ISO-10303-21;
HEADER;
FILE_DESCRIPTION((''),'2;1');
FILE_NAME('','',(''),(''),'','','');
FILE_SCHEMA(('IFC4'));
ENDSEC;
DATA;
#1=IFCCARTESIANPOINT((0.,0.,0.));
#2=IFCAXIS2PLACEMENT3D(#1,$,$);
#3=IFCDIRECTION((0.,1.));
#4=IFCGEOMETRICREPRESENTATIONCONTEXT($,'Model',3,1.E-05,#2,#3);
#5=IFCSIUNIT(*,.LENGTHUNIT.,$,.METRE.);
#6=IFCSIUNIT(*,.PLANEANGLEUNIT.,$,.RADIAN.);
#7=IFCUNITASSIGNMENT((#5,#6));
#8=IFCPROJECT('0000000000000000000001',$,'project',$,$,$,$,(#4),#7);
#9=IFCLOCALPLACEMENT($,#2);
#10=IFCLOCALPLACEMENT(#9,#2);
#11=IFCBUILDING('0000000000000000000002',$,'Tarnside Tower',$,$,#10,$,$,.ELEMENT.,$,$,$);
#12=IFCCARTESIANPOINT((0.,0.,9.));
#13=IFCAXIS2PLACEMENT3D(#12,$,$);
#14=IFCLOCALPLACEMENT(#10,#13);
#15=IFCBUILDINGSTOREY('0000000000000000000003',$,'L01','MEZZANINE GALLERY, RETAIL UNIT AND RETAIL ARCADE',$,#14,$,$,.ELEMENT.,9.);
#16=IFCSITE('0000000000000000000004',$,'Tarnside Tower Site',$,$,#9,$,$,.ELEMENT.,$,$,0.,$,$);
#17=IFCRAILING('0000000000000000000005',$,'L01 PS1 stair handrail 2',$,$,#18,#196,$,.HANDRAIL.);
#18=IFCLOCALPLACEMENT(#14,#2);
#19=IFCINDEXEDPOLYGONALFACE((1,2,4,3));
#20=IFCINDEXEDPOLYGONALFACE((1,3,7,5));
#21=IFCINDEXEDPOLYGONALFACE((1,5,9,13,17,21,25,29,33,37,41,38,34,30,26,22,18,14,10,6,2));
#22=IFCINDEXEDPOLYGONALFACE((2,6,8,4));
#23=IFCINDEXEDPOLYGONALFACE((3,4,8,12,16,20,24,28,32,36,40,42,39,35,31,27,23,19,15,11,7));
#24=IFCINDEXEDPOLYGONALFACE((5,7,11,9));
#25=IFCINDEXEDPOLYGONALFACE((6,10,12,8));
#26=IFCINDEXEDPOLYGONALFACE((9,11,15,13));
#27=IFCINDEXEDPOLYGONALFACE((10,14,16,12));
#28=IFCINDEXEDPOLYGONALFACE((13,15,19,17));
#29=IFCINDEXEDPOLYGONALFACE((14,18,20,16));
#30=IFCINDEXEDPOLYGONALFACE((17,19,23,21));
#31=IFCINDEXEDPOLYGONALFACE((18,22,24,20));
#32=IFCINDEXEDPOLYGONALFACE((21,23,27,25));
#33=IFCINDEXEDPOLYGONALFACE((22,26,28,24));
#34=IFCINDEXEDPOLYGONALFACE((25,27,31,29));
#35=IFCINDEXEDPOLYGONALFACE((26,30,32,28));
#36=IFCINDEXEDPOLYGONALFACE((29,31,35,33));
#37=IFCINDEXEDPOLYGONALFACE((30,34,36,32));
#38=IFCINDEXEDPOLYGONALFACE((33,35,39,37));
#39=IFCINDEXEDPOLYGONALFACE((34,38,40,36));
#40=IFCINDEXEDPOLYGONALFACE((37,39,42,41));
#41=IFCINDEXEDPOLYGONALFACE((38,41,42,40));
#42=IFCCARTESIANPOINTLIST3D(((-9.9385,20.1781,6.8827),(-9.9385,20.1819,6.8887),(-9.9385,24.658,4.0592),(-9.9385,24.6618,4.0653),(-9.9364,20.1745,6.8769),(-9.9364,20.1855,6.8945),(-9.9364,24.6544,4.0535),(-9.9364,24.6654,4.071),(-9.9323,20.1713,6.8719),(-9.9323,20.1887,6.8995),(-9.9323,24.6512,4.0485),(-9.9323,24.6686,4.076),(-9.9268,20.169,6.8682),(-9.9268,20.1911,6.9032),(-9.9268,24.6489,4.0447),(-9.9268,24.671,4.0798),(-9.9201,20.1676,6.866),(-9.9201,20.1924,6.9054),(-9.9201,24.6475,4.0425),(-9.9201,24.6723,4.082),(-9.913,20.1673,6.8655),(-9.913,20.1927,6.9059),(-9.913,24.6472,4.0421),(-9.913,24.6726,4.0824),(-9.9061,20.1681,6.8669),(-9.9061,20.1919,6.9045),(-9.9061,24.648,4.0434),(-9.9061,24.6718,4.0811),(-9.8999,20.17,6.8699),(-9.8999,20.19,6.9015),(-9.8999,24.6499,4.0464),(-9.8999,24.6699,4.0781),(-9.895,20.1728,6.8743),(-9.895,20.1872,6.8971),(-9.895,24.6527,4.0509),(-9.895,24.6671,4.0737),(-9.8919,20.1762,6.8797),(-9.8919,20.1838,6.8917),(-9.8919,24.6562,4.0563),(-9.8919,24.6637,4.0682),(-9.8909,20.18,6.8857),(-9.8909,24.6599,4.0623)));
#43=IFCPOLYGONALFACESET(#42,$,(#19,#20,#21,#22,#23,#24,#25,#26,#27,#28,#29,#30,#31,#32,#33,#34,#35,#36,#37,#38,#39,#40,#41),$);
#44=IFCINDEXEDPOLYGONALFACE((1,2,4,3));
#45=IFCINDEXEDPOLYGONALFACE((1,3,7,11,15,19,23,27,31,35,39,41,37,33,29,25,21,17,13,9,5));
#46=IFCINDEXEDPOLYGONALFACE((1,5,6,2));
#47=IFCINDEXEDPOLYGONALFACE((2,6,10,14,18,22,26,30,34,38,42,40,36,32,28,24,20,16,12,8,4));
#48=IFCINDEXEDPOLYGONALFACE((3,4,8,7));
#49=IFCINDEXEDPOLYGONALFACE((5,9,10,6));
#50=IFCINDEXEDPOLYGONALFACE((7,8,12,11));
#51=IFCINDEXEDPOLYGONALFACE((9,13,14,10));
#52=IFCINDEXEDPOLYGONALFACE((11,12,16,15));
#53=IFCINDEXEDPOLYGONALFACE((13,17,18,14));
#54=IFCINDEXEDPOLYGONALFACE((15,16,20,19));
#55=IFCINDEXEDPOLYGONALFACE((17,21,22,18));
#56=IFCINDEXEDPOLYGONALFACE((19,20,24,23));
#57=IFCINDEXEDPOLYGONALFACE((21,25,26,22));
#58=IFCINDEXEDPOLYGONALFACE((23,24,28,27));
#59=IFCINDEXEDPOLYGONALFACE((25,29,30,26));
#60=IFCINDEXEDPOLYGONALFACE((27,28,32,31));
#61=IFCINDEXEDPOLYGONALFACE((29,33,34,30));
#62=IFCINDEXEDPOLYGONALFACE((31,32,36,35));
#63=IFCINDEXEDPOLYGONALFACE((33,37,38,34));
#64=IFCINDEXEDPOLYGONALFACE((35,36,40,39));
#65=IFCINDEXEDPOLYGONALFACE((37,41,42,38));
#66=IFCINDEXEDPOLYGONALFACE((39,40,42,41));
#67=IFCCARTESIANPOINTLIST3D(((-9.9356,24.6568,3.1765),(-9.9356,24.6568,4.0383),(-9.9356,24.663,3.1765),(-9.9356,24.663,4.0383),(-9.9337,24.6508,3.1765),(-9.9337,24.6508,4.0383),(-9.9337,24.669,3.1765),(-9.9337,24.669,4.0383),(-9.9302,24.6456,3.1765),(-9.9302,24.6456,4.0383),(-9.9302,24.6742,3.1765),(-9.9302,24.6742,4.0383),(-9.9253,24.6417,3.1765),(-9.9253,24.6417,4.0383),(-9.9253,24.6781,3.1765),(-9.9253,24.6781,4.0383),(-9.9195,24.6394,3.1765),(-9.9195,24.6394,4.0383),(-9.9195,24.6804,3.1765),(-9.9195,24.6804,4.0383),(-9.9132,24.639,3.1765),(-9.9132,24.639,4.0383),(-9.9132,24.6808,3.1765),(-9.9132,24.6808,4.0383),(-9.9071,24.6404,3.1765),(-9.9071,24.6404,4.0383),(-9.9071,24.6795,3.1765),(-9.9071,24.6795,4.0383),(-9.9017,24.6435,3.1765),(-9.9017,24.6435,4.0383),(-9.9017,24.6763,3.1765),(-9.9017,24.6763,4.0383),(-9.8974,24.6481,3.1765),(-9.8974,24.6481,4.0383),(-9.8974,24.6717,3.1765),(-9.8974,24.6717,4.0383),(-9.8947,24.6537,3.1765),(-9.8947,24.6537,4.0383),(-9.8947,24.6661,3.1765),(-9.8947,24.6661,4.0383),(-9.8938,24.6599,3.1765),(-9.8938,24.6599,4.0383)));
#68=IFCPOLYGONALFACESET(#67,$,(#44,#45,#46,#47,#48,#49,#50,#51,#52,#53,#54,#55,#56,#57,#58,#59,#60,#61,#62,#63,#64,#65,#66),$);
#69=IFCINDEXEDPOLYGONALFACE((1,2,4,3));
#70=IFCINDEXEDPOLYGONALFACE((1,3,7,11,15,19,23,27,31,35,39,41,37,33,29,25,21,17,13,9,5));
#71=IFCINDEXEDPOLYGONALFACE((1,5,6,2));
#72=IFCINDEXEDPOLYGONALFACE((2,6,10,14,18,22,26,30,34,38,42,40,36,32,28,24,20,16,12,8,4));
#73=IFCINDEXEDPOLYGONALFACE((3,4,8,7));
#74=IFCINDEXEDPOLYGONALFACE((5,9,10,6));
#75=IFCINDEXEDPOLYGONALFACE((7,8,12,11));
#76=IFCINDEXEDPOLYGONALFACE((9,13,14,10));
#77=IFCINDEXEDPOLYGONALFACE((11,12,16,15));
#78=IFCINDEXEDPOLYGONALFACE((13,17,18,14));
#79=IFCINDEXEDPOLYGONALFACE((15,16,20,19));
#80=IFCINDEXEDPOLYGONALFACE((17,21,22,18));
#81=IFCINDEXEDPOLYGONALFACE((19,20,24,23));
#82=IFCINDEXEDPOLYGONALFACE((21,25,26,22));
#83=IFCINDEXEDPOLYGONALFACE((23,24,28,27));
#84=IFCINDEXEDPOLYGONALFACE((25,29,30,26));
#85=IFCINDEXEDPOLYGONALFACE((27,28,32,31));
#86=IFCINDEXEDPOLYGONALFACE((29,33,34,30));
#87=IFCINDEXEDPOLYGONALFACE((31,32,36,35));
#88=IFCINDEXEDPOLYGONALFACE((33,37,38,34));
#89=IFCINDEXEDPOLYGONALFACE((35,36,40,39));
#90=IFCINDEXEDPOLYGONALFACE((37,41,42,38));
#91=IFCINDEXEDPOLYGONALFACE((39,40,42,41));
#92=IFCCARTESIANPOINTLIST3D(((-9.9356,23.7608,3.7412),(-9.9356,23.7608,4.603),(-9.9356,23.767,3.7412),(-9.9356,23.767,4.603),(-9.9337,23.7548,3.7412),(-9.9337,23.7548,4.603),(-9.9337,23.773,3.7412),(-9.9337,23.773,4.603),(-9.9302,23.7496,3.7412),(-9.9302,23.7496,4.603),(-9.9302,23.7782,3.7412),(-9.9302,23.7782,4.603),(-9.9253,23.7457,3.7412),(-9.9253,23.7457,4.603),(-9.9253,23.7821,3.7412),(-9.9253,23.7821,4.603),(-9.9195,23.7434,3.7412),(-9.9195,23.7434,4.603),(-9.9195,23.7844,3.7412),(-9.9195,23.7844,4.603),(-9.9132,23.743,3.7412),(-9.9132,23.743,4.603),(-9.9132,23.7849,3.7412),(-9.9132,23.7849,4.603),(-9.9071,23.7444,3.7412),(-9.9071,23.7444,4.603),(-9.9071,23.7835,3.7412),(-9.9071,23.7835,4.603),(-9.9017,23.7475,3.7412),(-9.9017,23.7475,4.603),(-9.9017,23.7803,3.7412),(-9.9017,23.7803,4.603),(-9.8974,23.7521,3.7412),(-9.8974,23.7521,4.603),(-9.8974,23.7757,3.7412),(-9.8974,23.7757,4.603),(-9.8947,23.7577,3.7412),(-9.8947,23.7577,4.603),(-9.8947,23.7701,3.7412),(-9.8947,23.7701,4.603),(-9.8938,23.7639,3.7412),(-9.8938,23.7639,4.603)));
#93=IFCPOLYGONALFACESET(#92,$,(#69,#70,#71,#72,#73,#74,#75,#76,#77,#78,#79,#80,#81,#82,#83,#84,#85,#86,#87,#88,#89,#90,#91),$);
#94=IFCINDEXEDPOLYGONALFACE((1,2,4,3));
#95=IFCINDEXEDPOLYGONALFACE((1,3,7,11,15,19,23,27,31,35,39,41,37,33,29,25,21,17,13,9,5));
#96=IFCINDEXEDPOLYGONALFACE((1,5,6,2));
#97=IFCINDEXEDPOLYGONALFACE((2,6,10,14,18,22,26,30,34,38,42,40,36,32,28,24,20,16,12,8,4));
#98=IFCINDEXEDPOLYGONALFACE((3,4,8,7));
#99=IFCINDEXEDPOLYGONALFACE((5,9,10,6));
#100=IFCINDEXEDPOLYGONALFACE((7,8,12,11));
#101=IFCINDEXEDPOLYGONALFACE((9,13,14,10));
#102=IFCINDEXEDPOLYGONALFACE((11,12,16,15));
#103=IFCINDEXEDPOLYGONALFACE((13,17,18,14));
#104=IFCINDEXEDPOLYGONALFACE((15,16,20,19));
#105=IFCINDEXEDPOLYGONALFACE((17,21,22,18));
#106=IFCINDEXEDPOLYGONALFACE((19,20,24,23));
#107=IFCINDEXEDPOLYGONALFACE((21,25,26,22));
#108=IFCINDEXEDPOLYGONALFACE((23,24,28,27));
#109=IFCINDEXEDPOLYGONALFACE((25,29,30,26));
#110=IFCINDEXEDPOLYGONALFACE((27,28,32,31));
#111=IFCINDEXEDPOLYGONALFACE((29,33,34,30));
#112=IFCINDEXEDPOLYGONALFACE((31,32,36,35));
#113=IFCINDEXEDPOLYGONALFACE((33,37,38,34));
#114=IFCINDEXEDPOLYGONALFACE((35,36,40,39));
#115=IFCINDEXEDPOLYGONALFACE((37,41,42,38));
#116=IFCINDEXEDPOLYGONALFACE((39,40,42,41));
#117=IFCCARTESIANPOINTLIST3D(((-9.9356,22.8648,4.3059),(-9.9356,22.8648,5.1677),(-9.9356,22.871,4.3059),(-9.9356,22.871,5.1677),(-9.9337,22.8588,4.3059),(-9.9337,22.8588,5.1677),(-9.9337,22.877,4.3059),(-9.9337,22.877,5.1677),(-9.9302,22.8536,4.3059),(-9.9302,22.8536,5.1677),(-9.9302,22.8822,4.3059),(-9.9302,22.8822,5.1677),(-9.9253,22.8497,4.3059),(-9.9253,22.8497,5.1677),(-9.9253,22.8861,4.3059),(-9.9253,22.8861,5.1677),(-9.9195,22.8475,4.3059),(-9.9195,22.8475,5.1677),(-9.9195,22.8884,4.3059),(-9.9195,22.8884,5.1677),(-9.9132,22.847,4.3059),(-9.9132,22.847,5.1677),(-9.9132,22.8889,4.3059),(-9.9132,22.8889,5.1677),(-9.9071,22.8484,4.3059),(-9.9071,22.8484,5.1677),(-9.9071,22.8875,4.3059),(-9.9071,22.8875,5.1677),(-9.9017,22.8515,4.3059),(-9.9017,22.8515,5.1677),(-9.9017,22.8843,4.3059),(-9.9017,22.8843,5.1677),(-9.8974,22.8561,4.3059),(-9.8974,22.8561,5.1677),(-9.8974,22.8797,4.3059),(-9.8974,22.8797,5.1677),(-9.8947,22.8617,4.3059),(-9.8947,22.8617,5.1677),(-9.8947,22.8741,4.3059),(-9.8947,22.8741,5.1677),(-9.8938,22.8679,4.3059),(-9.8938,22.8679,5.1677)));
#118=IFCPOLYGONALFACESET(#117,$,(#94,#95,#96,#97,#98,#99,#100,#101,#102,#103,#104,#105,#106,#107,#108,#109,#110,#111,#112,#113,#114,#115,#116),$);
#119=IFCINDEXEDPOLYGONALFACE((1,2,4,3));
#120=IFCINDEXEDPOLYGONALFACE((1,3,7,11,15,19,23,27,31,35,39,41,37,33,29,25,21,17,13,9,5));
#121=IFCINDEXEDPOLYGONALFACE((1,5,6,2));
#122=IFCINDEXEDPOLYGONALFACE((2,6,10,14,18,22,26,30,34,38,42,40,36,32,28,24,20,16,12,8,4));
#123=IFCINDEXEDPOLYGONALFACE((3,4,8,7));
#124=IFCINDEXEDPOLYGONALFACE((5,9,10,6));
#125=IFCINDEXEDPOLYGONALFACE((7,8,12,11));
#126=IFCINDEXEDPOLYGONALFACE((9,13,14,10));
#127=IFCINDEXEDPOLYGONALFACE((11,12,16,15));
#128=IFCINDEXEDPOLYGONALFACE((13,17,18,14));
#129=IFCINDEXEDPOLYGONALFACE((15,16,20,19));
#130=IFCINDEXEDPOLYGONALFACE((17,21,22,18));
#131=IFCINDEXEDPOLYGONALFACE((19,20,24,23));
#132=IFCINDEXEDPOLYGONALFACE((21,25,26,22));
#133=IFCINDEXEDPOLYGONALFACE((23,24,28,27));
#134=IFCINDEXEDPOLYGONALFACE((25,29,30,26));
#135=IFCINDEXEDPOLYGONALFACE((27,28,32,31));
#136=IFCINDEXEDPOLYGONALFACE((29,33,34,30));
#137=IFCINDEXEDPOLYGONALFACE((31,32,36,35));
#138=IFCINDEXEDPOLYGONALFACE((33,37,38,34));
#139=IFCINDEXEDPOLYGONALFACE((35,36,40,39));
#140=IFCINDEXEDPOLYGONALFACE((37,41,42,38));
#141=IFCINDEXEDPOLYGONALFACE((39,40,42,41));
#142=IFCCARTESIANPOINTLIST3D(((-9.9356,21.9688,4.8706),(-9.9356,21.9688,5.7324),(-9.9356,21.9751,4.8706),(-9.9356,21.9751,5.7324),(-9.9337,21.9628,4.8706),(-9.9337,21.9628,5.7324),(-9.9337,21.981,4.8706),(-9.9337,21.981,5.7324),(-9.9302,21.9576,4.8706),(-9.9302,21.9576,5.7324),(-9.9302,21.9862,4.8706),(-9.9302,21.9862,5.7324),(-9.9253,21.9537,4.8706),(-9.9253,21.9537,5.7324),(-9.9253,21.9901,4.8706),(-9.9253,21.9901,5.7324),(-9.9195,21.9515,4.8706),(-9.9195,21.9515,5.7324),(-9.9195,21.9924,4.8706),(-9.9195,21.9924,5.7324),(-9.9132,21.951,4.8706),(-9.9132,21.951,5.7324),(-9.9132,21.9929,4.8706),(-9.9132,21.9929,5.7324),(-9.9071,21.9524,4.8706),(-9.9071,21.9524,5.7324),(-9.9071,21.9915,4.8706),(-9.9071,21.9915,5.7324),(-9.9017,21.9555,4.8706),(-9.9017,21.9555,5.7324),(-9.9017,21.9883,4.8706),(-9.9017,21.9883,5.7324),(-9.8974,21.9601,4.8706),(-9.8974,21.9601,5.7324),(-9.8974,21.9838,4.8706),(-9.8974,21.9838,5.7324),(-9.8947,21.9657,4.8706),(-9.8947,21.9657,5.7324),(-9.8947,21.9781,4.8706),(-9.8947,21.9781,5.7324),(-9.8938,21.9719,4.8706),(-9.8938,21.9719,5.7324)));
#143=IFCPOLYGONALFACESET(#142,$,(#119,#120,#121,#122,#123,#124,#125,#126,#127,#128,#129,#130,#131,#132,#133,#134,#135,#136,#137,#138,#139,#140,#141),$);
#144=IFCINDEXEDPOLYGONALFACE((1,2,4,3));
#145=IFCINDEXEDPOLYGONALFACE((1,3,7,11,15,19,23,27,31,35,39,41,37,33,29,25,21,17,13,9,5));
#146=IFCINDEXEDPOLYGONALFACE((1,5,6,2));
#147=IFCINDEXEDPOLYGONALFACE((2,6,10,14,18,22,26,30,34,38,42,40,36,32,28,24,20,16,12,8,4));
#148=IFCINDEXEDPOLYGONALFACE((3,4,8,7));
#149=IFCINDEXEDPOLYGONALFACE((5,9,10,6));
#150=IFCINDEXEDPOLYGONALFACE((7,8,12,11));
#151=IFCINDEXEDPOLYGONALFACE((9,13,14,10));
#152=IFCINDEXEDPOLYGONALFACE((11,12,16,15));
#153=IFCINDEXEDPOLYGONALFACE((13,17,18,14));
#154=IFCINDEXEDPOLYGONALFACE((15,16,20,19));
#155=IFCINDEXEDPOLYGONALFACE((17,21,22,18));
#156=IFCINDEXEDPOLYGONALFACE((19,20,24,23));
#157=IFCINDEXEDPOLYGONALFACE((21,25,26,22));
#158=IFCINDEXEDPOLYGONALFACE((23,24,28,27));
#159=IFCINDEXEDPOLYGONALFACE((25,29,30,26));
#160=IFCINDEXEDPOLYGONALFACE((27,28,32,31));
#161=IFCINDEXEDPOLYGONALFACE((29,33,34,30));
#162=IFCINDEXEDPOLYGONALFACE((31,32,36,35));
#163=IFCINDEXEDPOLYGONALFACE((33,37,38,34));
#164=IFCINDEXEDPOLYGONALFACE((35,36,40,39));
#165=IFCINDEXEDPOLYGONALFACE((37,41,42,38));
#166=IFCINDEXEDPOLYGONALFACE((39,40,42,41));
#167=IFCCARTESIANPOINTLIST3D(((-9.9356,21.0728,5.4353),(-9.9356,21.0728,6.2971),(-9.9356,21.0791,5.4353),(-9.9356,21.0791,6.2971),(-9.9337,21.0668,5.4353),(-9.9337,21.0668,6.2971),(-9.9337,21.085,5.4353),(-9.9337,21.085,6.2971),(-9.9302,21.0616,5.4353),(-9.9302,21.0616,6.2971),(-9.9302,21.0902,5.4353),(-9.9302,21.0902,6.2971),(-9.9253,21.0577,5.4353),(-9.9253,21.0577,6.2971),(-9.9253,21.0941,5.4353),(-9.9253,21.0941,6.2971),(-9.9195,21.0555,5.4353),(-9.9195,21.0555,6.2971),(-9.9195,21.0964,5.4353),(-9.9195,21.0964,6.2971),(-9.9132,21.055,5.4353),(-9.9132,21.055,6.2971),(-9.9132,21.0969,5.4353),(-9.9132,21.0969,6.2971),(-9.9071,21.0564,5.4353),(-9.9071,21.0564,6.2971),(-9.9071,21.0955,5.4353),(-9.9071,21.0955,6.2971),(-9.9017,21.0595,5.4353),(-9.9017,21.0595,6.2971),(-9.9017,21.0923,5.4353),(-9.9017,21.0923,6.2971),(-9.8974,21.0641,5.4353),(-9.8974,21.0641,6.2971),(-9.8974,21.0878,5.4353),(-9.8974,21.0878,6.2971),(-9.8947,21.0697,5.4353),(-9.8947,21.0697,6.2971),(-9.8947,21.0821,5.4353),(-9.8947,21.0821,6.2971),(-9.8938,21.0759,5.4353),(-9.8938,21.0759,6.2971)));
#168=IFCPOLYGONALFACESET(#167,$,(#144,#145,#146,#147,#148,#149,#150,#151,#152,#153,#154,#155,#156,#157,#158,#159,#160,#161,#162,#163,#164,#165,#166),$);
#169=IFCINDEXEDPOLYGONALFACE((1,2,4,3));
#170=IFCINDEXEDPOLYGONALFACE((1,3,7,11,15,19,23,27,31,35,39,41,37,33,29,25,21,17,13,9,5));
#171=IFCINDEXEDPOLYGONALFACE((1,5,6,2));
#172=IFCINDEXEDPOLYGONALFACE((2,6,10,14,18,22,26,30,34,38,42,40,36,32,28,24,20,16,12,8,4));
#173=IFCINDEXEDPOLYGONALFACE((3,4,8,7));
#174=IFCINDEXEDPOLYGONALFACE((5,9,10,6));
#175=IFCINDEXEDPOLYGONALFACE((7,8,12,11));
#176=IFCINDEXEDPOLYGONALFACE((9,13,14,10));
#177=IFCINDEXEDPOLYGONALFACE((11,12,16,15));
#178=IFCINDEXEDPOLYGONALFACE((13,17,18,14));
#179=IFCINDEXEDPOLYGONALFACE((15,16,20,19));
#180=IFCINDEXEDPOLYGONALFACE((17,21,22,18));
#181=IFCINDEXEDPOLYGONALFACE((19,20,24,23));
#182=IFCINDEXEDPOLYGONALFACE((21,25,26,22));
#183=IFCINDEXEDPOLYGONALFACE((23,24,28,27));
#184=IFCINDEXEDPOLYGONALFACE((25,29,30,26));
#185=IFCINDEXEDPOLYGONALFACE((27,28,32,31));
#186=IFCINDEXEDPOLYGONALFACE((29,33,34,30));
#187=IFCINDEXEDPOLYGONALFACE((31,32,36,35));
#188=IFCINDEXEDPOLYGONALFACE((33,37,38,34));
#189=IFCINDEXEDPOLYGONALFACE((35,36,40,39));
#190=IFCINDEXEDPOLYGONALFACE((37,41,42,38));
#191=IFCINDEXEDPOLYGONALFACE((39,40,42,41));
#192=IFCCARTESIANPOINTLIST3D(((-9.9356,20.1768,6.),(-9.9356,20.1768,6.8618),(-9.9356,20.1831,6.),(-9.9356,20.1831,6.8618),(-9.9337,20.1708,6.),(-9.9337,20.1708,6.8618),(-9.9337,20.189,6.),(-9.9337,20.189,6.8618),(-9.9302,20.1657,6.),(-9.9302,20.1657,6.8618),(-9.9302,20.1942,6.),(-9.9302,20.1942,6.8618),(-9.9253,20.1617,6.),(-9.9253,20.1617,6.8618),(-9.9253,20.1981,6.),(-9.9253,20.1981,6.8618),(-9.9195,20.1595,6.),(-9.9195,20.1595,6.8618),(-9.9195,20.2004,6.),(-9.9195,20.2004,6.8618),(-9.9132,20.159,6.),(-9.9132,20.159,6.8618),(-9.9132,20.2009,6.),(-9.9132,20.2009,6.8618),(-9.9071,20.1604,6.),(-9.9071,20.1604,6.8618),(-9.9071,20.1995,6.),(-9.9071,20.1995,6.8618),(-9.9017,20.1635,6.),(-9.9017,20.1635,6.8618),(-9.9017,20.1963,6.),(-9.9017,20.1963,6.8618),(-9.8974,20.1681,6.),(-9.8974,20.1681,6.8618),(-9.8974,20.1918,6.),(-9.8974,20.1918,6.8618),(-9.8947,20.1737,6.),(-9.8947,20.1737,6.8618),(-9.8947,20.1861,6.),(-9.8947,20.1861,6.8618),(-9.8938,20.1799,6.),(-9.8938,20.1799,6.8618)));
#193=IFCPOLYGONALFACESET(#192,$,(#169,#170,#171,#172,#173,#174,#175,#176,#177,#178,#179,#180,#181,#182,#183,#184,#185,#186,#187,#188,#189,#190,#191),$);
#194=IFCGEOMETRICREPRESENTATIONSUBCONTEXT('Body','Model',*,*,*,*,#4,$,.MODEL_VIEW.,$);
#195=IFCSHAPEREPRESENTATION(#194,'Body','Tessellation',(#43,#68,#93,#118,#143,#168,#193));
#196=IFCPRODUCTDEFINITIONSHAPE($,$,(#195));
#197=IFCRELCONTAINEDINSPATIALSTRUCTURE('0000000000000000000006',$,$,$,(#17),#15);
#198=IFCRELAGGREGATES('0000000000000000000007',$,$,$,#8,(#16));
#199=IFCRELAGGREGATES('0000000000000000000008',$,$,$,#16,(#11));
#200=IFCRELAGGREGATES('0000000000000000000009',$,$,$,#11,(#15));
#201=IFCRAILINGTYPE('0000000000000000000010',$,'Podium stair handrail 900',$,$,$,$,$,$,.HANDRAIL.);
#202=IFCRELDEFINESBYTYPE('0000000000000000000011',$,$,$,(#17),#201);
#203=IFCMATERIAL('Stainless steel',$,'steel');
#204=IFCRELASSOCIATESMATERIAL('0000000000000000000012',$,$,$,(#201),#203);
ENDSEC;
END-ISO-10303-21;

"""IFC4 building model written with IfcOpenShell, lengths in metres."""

from ifc_helpers import new_model, si_unit, direction, frame, origin, origin_2d, place, context, subcontext, project, spatial, circle, extrude, material, type_object, element, save


model = new_model("IFC4")

# Units and contexts
model_context = context("Model", 3, precision=1e-05, world=origin(), true_north=direction((0.0, 1.0)))
body_context = subcontext(model_context, "Body", "Model", "MODEL_VIEW")
ifc_project = project(units=[si_unit("LENGTHUNIT", "METRE"), si_unit("PLANEANGLEUNIT", "RADIAN")], contexts=[model_context])

# Site, building, storey
site_placement = place(None, origin())
site = spatial("IfcSite", under=ifc_project, at=site_placement, Name="Tarnside Tower Site", CompositionType="ELEMENT", RefElevation=0.0)
building_placement = place(site_placement, origin())
building = spatial("IfcBuilding", under=site, at=building_placement, Name="Tarnside Tower", CompositionType="ELEMENT")
storey_placement = place(building_placement, frame((0.0, 0.0, 9.0)))
storey = spatial("IfcBuildingStorey", under=building, at=storey_placement, Name="L01", Description="MEZZANINE GALLERY, RETAIL UNIT AND RETAIL ARCADE", CompositionType="ELEMENT", Elevation=9.0)

# Railing
ifc_material_1 = material(Name="Stainless steel", Category="steel")
railing_type_1 = type_object("IfcRailingType", Name="Podium stair handrail 900", PredefinedType="HANDRAIL", material=ifc_material_1)
railing_1_placement = place(storey_placement, frame((-9.9148, 24.6599, 3.1765)))
element("IfcRailing", 1, at=railing_1_placement, inside=storey, type_object=railing_type_1, Name="L01 PS1 stair handrail 2", PredefinedType="HANDRAIL", context=body_context, shape_type="SweptSolid", body=[
    extrude(circle(Radius=0.0239, at=origin_2d()), frame((0.0, 0.0, 0.8857), z_axis=(0.0, -0.845998, 0.533186), x_axis=(1.0, 0.0, 0.0)), (0.0, 0.0, 1.0), 5.2954),
    extrude(circle(Radius=0.021, at=origin_2d()), origin(), (0.0, 0.0, 1.0), 0.8618),
    extrude(circle(Radius=0.021, at=origin_2d()), frame((0.0, -0.896, 0.5647)), (0.0, 0.0, 1.0), 0.8618),
    extrude(circle(Radius=0.021, at=origin_2d()), frame((0.0, -1.792, 1.1294)), (0.0, 0.0, 1.0), 0.8618),
    extrude(circle(Radius=0.021, at=origin_2d()), frame((0.0, -2.688, 1.6941)), (0.0, 0.0, 1.0), 0.8618),
    extrude(circle(Radius=0.021, at=origin_2d()), frame((0.0, -3.584, 2.2588)), (0.0, 0.0, 1.0), 0.8618),
    extrude(circle(Radius=0.021, at=origin_2d()), frame((0.0, -4.48, 2.8235)), (0.0, 0.0, 1.0), 0.8618),
])

save(model, "model.ifc")
